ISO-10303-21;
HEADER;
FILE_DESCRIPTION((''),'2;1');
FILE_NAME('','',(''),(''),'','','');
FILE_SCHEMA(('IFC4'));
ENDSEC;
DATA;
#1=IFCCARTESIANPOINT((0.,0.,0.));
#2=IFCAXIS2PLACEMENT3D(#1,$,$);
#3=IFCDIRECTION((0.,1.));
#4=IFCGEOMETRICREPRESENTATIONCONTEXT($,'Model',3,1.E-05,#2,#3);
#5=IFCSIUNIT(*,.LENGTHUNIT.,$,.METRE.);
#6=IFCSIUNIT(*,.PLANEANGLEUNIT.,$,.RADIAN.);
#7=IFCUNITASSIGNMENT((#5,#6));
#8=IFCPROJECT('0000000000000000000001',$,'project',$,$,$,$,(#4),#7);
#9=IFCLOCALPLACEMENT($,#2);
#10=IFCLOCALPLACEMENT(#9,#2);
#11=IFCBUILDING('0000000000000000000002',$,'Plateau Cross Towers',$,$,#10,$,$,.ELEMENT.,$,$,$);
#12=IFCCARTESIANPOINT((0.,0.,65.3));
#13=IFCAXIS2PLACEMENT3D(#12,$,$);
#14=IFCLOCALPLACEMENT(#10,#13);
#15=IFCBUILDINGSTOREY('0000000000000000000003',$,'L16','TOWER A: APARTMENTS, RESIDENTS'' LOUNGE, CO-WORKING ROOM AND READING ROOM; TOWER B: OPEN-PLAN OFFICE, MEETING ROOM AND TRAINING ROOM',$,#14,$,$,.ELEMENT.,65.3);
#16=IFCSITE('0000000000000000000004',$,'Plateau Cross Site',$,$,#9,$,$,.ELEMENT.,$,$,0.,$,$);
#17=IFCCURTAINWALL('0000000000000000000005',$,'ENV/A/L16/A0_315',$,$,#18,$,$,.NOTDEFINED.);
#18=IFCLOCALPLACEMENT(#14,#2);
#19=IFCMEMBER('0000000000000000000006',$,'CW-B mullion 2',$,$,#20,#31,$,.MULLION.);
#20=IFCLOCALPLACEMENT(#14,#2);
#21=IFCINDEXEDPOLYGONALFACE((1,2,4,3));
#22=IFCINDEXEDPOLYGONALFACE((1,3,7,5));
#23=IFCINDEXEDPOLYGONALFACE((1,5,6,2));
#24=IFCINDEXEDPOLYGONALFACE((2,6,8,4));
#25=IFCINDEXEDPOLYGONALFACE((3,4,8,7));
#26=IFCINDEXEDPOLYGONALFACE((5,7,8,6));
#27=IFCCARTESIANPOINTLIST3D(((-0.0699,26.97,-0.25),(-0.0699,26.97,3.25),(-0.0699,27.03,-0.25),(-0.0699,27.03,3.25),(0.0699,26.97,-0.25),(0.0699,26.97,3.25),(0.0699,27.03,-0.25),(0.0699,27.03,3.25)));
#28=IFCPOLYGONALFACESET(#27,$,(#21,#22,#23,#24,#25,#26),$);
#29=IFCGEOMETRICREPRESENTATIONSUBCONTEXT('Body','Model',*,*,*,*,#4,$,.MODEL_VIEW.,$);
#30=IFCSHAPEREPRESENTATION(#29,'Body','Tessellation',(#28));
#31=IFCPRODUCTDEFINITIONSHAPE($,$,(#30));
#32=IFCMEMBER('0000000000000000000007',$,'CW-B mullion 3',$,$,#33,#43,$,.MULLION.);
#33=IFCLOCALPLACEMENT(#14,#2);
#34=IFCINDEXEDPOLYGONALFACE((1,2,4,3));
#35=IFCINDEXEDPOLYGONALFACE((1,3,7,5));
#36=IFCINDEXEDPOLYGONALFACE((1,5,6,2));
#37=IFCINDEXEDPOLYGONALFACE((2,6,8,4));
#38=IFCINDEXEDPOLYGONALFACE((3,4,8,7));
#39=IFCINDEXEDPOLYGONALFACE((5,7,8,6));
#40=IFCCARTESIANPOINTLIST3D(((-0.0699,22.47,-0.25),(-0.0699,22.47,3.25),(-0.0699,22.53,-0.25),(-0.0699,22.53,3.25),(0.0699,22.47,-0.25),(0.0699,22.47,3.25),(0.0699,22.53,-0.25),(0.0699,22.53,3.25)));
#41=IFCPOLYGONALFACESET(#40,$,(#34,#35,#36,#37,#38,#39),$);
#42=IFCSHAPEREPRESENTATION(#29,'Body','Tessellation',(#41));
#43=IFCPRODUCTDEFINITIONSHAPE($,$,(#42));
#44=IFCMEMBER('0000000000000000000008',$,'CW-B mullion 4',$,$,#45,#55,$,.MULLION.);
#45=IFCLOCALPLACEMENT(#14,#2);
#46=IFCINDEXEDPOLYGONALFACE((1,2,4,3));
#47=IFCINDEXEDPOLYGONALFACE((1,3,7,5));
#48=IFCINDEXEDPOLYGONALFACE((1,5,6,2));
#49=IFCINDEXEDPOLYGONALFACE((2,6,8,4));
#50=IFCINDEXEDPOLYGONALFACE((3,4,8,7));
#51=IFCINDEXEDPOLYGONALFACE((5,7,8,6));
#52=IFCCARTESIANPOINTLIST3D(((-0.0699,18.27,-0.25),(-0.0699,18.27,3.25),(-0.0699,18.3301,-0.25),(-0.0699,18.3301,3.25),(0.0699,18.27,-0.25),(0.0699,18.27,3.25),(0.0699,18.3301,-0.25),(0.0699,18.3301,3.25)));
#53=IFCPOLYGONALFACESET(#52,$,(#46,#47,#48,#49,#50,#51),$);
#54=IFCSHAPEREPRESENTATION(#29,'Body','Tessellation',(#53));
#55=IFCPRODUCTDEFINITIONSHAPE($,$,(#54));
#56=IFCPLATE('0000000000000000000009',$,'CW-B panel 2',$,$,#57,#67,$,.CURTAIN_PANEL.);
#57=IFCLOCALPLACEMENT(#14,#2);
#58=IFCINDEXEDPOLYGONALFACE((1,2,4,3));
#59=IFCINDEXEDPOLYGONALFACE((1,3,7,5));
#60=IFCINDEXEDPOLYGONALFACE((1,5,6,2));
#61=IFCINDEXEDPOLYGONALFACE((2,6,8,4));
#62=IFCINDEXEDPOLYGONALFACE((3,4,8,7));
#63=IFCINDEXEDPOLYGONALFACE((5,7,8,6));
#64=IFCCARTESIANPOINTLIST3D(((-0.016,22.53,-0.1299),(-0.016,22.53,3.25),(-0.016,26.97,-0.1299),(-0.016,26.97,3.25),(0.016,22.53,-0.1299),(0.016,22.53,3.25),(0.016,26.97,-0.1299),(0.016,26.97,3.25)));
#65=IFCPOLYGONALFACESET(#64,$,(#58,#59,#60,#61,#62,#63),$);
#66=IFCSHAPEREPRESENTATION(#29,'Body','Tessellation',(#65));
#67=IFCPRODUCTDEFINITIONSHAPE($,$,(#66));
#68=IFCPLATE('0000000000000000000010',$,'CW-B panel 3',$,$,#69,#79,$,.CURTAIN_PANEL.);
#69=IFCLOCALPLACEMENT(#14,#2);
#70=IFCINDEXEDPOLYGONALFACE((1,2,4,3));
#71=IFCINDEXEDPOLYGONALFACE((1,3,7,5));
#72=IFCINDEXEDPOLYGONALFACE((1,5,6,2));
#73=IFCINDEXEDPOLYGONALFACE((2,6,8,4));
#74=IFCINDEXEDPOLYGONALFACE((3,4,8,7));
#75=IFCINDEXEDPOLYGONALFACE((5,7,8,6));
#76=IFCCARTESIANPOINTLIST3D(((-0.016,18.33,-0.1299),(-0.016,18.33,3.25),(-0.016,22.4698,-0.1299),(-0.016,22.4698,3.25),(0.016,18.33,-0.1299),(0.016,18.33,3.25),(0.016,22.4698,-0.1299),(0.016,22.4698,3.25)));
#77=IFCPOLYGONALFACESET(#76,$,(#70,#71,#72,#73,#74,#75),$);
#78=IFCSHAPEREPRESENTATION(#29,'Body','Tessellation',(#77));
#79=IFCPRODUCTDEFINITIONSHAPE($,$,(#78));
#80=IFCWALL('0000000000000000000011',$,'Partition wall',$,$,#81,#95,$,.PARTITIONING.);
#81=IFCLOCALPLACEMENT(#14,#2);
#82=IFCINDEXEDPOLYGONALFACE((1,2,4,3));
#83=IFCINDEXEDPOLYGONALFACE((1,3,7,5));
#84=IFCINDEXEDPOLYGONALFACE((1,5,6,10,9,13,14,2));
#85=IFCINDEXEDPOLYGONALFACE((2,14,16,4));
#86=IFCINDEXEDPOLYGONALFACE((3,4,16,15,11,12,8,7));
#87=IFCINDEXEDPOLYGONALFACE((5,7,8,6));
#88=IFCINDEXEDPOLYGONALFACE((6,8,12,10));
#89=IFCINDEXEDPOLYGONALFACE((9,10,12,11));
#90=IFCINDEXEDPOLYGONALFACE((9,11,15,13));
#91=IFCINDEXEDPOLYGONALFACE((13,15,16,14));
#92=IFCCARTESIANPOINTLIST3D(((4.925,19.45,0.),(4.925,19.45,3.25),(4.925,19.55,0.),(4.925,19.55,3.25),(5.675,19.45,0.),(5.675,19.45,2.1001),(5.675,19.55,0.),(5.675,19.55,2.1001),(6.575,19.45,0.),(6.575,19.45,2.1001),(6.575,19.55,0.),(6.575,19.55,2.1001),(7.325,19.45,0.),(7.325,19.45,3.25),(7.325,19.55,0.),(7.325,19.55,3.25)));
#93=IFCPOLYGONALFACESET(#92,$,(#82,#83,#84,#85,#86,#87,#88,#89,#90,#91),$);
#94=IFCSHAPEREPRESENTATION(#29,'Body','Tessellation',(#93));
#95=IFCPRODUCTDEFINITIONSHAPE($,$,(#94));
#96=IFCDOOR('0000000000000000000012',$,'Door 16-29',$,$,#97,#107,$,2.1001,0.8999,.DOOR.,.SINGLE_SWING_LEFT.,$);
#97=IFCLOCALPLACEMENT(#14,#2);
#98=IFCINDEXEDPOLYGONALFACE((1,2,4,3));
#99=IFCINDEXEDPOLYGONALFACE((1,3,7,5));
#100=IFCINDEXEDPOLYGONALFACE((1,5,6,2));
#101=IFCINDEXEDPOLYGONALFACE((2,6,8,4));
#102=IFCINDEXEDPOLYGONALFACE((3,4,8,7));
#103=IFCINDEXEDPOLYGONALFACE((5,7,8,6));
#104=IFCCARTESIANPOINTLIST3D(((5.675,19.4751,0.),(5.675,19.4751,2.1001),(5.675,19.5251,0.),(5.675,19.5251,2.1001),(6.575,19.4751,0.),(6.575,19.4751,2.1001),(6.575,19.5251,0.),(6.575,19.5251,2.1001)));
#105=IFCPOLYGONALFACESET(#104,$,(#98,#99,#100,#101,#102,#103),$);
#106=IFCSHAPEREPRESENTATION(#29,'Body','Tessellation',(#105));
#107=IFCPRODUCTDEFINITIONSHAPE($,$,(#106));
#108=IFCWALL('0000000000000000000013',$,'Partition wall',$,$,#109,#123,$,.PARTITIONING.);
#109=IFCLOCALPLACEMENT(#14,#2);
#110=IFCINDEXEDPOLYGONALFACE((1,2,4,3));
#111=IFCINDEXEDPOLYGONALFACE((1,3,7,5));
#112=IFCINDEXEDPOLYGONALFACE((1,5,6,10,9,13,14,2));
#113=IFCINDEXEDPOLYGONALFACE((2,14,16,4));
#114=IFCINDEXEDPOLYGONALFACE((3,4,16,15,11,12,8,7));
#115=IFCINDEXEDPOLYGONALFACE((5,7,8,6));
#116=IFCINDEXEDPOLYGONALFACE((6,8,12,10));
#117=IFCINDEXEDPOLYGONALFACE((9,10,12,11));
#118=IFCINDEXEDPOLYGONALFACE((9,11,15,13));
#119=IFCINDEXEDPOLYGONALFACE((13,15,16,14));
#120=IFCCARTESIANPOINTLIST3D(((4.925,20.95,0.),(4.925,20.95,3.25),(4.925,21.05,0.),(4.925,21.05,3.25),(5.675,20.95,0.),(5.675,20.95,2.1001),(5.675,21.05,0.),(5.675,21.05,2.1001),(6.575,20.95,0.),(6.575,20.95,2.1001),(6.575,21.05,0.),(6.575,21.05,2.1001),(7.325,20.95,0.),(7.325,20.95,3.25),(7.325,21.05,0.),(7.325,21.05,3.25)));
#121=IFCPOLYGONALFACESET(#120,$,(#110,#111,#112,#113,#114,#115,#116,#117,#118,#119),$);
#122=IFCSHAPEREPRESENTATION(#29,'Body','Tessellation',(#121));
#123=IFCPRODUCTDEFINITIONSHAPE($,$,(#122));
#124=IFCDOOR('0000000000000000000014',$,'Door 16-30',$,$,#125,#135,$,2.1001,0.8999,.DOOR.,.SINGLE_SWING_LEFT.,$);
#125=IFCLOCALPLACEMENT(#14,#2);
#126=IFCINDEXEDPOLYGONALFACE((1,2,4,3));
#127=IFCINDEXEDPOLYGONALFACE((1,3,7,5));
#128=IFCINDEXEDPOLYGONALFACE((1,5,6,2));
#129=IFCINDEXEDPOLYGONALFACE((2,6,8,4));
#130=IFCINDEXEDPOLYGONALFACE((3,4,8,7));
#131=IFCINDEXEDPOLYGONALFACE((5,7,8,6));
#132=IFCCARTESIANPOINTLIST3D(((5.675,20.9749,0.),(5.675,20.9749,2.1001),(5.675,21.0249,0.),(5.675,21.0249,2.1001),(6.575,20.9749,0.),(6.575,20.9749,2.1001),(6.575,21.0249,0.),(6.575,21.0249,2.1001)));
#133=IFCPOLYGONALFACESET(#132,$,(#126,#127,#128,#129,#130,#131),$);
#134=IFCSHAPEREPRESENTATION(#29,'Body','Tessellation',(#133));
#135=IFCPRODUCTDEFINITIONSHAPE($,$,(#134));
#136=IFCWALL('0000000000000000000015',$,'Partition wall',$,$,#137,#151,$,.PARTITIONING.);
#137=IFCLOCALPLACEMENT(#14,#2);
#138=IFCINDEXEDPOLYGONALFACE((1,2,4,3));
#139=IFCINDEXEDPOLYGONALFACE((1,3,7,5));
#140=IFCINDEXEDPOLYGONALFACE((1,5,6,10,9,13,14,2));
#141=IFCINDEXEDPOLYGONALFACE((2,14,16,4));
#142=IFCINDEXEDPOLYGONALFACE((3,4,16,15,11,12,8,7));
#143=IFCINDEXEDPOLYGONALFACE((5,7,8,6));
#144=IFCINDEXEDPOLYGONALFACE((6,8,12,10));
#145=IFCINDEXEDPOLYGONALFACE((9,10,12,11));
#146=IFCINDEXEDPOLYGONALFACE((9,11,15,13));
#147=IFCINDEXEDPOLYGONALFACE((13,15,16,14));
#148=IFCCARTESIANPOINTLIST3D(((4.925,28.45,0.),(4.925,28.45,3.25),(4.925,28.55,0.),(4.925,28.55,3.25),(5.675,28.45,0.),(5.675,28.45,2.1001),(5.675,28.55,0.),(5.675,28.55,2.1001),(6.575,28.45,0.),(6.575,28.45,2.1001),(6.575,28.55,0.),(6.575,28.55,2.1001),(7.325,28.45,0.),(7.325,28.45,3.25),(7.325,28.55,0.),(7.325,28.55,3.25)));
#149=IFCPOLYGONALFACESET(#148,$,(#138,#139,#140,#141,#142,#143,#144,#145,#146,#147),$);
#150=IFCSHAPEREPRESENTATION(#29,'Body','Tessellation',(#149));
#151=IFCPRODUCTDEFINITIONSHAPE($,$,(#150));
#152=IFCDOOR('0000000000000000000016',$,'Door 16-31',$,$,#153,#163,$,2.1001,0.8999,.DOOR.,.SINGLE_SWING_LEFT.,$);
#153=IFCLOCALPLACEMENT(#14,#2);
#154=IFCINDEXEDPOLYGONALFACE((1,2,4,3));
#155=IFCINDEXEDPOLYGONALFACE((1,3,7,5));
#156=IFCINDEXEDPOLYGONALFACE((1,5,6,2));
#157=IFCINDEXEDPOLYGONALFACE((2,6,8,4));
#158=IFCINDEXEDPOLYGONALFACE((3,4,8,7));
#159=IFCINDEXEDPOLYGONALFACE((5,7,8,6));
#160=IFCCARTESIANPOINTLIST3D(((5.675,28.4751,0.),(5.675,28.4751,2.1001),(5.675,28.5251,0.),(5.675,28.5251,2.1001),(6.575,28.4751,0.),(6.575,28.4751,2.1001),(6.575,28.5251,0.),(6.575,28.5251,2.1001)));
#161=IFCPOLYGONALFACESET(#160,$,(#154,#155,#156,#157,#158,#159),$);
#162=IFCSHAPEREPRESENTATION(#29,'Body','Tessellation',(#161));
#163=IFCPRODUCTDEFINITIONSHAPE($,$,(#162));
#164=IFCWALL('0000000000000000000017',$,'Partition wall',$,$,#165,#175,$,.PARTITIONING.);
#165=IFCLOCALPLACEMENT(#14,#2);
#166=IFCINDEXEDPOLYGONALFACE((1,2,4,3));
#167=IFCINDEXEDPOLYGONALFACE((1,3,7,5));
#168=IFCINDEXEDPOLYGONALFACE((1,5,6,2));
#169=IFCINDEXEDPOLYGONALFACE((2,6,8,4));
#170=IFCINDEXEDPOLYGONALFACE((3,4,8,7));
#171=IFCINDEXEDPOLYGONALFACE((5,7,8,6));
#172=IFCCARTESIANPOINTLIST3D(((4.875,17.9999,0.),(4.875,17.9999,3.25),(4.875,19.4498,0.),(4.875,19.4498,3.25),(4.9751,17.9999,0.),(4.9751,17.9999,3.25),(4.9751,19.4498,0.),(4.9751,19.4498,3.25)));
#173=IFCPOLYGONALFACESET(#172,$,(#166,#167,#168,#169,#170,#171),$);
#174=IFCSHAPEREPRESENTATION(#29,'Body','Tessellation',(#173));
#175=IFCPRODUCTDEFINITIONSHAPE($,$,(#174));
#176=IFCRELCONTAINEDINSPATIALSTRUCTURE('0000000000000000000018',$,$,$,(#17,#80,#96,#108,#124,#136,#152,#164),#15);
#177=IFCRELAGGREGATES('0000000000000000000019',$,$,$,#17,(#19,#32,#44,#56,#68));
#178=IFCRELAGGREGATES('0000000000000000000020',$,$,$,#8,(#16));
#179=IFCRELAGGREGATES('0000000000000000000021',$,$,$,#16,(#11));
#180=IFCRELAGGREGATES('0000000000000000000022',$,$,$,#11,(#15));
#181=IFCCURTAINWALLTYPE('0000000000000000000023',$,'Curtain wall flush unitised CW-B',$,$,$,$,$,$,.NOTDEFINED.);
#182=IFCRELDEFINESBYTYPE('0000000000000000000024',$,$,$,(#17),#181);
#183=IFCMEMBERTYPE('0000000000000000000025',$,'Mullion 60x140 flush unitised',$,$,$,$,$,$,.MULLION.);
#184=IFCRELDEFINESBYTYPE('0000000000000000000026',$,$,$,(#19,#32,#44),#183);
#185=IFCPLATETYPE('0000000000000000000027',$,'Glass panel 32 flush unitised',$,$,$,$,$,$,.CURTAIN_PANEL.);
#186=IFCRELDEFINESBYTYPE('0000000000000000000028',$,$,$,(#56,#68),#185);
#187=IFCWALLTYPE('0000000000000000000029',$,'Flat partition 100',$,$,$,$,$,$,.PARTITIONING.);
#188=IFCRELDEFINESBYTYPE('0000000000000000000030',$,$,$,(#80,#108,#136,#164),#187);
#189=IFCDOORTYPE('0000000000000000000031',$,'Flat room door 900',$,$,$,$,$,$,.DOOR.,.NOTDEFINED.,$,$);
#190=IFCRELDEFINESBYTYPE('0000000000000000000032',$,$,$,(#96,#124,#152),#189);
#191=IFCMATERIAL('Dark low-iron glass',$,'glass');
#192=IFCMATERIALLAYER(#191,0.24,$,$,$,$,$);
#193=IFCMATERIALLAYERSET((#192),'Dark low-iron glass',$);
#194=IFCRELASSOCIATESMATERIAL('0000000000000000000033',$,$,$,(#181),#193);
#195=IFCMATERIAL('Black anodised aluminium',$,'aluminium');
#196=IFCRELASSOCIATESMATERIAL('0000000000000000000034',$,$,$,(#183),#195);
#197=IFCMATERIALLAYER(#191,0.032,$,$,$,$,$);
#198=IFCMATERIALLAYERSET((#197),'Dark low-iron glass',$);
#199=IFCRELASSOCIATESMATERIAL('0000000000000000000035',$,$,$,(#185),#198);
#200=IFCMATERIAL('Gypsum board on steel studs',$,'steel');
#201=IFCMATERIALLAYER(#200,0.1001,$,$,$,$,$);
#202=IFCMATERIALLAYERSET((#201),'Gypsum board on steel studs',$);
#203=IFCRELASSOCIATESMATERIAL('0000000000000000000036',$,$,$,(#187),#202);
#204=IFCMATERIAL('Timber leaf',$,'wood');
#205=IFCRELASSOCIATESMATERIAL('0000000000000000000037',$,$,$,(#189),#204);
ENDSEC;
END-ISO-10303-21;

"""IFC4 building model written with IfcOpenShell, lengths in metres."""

from ifc_helpers import new_model, si_unit, direction, frame, frame_2d, origin, origin_2d, place, context, subcontext, project, spatial, rectangle, extrude, material, layer, layer_set, material_profile, profile_set, type_object, element, fill, aggregate, save


model = new_model("IFC4")

# Units and contexts
model_context = context("Model", 3, precision=1e-05, world=origin(), true_north=direction((0.0, 1.0)))
body_context = subcontext(model_context, "Body", "Model", "MODEL_VIEW")
ifc_project = project(units=[si_unit("LENGTHUNIT", "METRE"), si_unit("PLANEANGLEUNIT", "RADIAN")], contexts=[model_context])

# Site, building, storey
site_placement = place(None, origin())
site = spatial("IfcSite", under=ifc_project, at=site_placement, Name="Plateau Cross Site", CompositionType="ELEMENT", RefElevation=0.0)
building_placement = place(site_placement, origin())
building = spatial("IfcBuilding", under=site, at=building_placement, Name="Plateau Cross Towers", CompositionType="ELEMENT")
storey_placement = place(building_placement, frame((0.0, 0.0, 65.3)))
storey = spatial("IfcBuildingStorey", under=building, at=storey_placement, Name="L16", Description="TOWER A: APARTMENTS, RESIDENTS' LOUNGE, CO-WORKING ROOM AND READING ROOM; TOWER B: OPEN-PLAN OFFICE, MEETING ROOM AND TRAINING ROOM", CompositionType="ELEMENT", Elevation=65.3)

# Curtain wall, members, plates
ifc_material_1 = material(Name="Dark low-iron glass", Category="glass")
ifc_layer_1 = layer(ifc_material_1, 0.24)
ifc_layer_set_1 = layer_set([ifc_layer_1], Name="Dark low-iron glass")
curtain_wall_type = type_object("IfcCurtainWallType", Name="Curtain wall flush unitised CW-B", PredefinedType="NOTDEFINED", material=ifc_layer_set_1)
curtain_wall_placement = place(storey_placement, origin())
curtain_wall = element("IfcCurtainWall", 1, at=curtain_wall_placement, inside=storey, type_object=curtain_wall_type, Name="ENV/A/L16/A0_315", PredefinedType="NOTDEFINED")
ifc_material_2 = material(Name="Black anodised aluminium", Category="aluminium")
ifc_material_profile = material_profile(ifc_material_2, rectangle(XDim=0.0601, YDim=0.1399, at=origin_2d()), Name="MULLION 60x140")
ifc_profile_set = profile_set([ifc_material_profile], Name="Black anodised aluminium")
member_type = type_object("IfcMemberType", Name="Mullion 60x140 flush unitised", PredefinedType="MULLION", material=ifc_profile_set)
member_1_placement = place(storey_placement, frame((0.0, 27.0, -0.25), z_axis=(0.0, 0.0, 1.0), x_axis=(0.0, -1.0, 0.0)))
member_1 = element("IfcMember", 2, at=member_1_placement, type_object=member_type, Name="CW-B mullion 2", PredefinedType="MULLION", context=body_context, shape_type="SweptSolid", body=[
    extrude(rectangle(XDim=0.0601, YDim=0.1399, at=origin_2d()), origin(), (0.0, 0.0, 1.0), 3.5),
])
member_2_placement = place(storey_placement, frame((0.0, 22.5, -0.25), z_axis=(0.0, 0.0, 1.0), x_axis=(0.0, -1.0, 0.0)))
member_2 = element("IfcMember", 3, at=member_2_placement, type_object=member_type, Name="CW-B mullion 3", PredefinedType="MULLION", context=body_context, shape_type="SweptSolid", body=[
    extrude(rectangle(XDim=0.0601, YDim=0.1399, at=origin_2d()), origin(), (0.0, 0.0, 1.0), 3.5),
])
member_3_placement = place(storey_placement, frame((0.0, 18.3, -0.25), z_axis=(0.0, 0.0, 1.0), x_axis=(0.0, -1.0, 0.0)))
member_3 = element("IfcMember", 4, at=member_3_placement, type_object=member_type, Name="CW-B mullion 4", PredefinedType="MULLION", context=body_context, shape_type="SweptSolid", body=[
    extrude(rectangle(XDim=0.0601, YDim=0.1399, at=origin_2d()), origin(), (0.0, 0.0, 1.0), 3.5),
])
ifc_layer_2 = layer(ifc_material_1, 0.032)
ifc_layer_set_2 = layer_set([ifc_layer_2], Name="Dark low-iron glass")
plate_type = type_object("IfcPlateType", Name="Glass panel 32 flush unitised", PredefinedType="CURTAIN_PANEL", material=ifc_layer_set_2)
plate_1_placement = place(storey_placement, frame((0.0, 24.75, -0.1299), z_axis=(0.0, 0.0, 1.0), x_axis=(0.0, -1.0, 0.0)))
plate_1 = element("IfcPlate", 5, at=plate_1_placement, type_object=plate_type, Name="CW-B panel 2", PredefinedType="CURTAIN_PANEL", context=body_context, shape_type="SweptSolid", body=[
    extrude(rectangle(XDim=4.4399, YDim=0.032, at=origin_2d()), origin(), (0.0, 0.0, 1.0), 3.3799),
])
plate_2_placement = place(storey_placement, frame((0.0, 20.3999, -0.1299), z_axis=(0.0, 0.0, 1.0), x_axis=(0.0, -1.0, 0.0)))
plate_2 = element("IfcPlate", 6, at=plate_2_placement, type_object=plate_type, Name="CW-B panel 3", PredefinedType="CURTAIN_PANEL", context=body_context, shape_type="SweptSolid", body=[
    extrude(rectangle(XDim=4.1399, YDim=0.032, at=origin_2d()), origin(), (0.0, 0.0, 1.0), 3.3799),
])
aggregate(curtain_wall, [member_1, member_2, member_3, plate_1, plate_2])

# Walls, openings, doors
ifc_material_3 = material(Name="Gypsum board on steel studs", Category="steel")
ifc_layer_3 = layer(ifc_material_3, 0.1001)
ifc_layer_set_3 = layer_set([ifc_layer_3], Name="Gypsum board on steel studs")
wall_type_1 = type_object("IfcWallType", Name="Flat partition 100", PredefinedType="PARTITIONING", material=ifc_layer_set_3)
wall_1_placement = place(storey_placement, frame((7.325, 19.5, 0.0), z_axis=(0.0, 0.0, 1.0), x_axis=(-1.0, 0.0, 0.0)))
wall_1 = element("IfcWall", 7, at=wall_1_placement, inside=storey, type_object=wall_type_1, Name="Partition wall", PredefinedType="PARTITIONING", context=body_context, shape_type="SweptSolid", body=[
    extrude(rectangle(XDim=2.3999, YDim=0.1001, at=frame_2d((1.2, 0.0))), origin(), (0.0, 0.0, 1.0), 3.25),
])
opening_1_placement = place(wall_1_placement, frame((0.75, 0.0, 0.0)))
opening_1 = element("IfcOpeningElement", 8, at=opening_1_placement, cuts=wall_1, PredefinedType="OPENING", context=body_context, shape_type="SweptSolid", body=[
    extrude(rectangle(XDim=0.8999, YDim=2.1001, at=frame_2d((0.45, 1.05))), frame((0.0, 0.0601, 0.0), z_axis=(0.0, -1.0, 0.0), x_axis=(1.0, 0.0, 0.0)), (0.0, 0.0, 1.0), 0.1201),
])
ifc_material_4 = material(Name="Timber leaf", Category="wood")
door_type = type_object("IfcDoorType", Name="Flat room door 900", OperationType="NOTDEFINED", PredefinedType="DOOR", material=ifc_material_4)
door_1_placement = place(opening_1_placement, origin())
door_1 = element("IfcDoor", 9, at=door_1_placement, inside=storey, type_object=door_type, Name="Door 16-29", OperationType="SINGLE_SWING_LEFT", OverallHeight=2.1001, OverallWidth=0.8999, PredefinedType="DOOR", context=body_context, shape_type="SweptSolid", body=[
    extrude(rectangle(XDim=0.8999, YDim=2.1001, at=frame_2d((0.45, 1.05))), frame((0.0, 0.0249, 0.0), z_axis=(0.0, -1.0, 0.0), x_axis=(1.0, 0.0, 0.0)), (0.0, 0.0, 1.0), 0.05),
])
fill(opening_1, door_1)
wall_2_placement = place(storey_placement, frame((4.925, 21.0, 0.0), z_axis=(0.0, 0.0, 1.0), x_axis=(1.0, 0.0, 0.0)))
wall_2 = element("IfcWall", 10, at=wall_2_placement, inside=storey, type_object=wall_type_1, Name="Partition wall", PredefinedType="PARTITIONING", context=body_context, shape_type="SweptSolid", body=[
    extrude(rectangle(XDim=2.3999, YDim=0.1001, at=frame_2d((1.2, 0.0))), origin(), (0.0, 0.0, 1.0), 3.25),
])
opening_2_placement = place(wall_2_placement, frame((0.75, 0.0, 0.0)))
opening_2 = element("IfcOpeningElement", 11, at=opening_2_placement, cuts=wall_2, PredefinedType="OPENING", context=body_context, shape_type="SweptSolid", body=[
    extrude(rectangle(XDim=0.8999, YDim=2.1001, at=frame_2d((0.45, 1.05))), frame((0.0, 0.0601, 0.0), z_axis=(0.0, -1.0, 0.0), x_axis=(1.0, 0.0, 0.0)), (0.0, 0.0, 1.0), 0.1201),
])
door_2_placement = place(opening_2_placement, origin())
door_2 = element("IfcDoor", 12, at=door_2_placement, inside=storey, type_object=door_type, Name="Door 16-30", OperationType="SINGLE_SWING_LEFT", OverallHeight=2.1001, OverallWidth=0.8999, PredefinedType="DOOR", context=body_context, shape_type="SweptSolid", body=[
    extrude(rectangle(XDim=0.8999, YDim=2.1001, at=frame_2d((0.45, 1.05))), frame((0.0, 0.0249, 0.0), z_axis=(0.0, -1.0, 0.0), x_axis=(1.0, 0.0, 0.0)), (0.0, 0.0, 1.0), 0.05),
])
fill(opening_2, door_2)
wall_3_placement = place(storey_placement, frame((7.325, 28.5, 0.0), z_axis=(0.0, 0.0, 1.0), x_axis=(-1.0, 0.0, 0.0)))
wall_3 = element("IfcWall", 13, at=wall_3_placement, inside=storey, type_object=wall_type_1, Name="Partition wall", PredefinedType="PARTITIONING", context=body_context, shape_type="SweptSolid", body=[
    extrude(rectangle(XDim=2.3999, YDim=0.1001, at=frame_2d((1.2, 0.0))), origin(), (0.0, 0.0, 1.0), 3.25),
])
opening_3_placement = place(wall_3_placement, frame((0.75, 0.0, 0.0)))
opening_3 = element("IfcOpeningElement", 14, at=opening_3_placement, cuts=wall_3, PredefinedType="OPENING", context=body_context, shape_type="SweptSolid", body=[
    extrude(rectangle(XDim=0.8999, YDim=2.1001, at=frame_2d((0.45, 1.05))), frame((0.0, 0.0601, 0.0), z_axis=(0.0, -1.0, 0.0), x_axis=(1.0, 0.0, 0.0)), (0.0, 0.0, 1.0), 0.1201),
])
door_3_placement = place(opening_3_placement, origin())
door_3 = element("IfcDoor", 15, at=door_3_placement, inside=storey, type_object=door_type, Name="Door 16-31", OperationType="SINGLE_SWING_LEFT", OverallHeight=2.1001, OverallWidth=0.8999, PredefinedType="DOOR", context=body_context, shape_type="SweptSolid", body=[
    extrude(rectangle(XDim=0.8999, YDim=2.1001, at=frame_2d((0.45, 1.05))), frame((0.0, 0.0249, 0.0), z_axis=(0.0, -1.0, 0.0), x_axis=(1.0, 0.0, 0.0)), (0.0, 0.0, 1.0), 0.05),
])
fill(opening_3, door_3)

# Wall
wall_4_placement = place(storey_placement, frame((4.925, 19.45, 0.0), z_axis=(0.0, 0.0, 1.0), x_axis=(0.0, -1.0, 0.0)))
element("IfcWall", 16, at=wall_4_placement, inside=storey, type_object=wall_type_1, Name="Partition wall", PredefinedType="PARTITIONING", context=body_context, shape_type="SweptSolid", body=[
    extrude(rectangle(XDim=1.45, YDim=0.1001, at=frame_2d((0.7251, 0.0))), origin(), (0.0, 0.0, 1.0), 3.25),
])

save(model, "model.ifc")
